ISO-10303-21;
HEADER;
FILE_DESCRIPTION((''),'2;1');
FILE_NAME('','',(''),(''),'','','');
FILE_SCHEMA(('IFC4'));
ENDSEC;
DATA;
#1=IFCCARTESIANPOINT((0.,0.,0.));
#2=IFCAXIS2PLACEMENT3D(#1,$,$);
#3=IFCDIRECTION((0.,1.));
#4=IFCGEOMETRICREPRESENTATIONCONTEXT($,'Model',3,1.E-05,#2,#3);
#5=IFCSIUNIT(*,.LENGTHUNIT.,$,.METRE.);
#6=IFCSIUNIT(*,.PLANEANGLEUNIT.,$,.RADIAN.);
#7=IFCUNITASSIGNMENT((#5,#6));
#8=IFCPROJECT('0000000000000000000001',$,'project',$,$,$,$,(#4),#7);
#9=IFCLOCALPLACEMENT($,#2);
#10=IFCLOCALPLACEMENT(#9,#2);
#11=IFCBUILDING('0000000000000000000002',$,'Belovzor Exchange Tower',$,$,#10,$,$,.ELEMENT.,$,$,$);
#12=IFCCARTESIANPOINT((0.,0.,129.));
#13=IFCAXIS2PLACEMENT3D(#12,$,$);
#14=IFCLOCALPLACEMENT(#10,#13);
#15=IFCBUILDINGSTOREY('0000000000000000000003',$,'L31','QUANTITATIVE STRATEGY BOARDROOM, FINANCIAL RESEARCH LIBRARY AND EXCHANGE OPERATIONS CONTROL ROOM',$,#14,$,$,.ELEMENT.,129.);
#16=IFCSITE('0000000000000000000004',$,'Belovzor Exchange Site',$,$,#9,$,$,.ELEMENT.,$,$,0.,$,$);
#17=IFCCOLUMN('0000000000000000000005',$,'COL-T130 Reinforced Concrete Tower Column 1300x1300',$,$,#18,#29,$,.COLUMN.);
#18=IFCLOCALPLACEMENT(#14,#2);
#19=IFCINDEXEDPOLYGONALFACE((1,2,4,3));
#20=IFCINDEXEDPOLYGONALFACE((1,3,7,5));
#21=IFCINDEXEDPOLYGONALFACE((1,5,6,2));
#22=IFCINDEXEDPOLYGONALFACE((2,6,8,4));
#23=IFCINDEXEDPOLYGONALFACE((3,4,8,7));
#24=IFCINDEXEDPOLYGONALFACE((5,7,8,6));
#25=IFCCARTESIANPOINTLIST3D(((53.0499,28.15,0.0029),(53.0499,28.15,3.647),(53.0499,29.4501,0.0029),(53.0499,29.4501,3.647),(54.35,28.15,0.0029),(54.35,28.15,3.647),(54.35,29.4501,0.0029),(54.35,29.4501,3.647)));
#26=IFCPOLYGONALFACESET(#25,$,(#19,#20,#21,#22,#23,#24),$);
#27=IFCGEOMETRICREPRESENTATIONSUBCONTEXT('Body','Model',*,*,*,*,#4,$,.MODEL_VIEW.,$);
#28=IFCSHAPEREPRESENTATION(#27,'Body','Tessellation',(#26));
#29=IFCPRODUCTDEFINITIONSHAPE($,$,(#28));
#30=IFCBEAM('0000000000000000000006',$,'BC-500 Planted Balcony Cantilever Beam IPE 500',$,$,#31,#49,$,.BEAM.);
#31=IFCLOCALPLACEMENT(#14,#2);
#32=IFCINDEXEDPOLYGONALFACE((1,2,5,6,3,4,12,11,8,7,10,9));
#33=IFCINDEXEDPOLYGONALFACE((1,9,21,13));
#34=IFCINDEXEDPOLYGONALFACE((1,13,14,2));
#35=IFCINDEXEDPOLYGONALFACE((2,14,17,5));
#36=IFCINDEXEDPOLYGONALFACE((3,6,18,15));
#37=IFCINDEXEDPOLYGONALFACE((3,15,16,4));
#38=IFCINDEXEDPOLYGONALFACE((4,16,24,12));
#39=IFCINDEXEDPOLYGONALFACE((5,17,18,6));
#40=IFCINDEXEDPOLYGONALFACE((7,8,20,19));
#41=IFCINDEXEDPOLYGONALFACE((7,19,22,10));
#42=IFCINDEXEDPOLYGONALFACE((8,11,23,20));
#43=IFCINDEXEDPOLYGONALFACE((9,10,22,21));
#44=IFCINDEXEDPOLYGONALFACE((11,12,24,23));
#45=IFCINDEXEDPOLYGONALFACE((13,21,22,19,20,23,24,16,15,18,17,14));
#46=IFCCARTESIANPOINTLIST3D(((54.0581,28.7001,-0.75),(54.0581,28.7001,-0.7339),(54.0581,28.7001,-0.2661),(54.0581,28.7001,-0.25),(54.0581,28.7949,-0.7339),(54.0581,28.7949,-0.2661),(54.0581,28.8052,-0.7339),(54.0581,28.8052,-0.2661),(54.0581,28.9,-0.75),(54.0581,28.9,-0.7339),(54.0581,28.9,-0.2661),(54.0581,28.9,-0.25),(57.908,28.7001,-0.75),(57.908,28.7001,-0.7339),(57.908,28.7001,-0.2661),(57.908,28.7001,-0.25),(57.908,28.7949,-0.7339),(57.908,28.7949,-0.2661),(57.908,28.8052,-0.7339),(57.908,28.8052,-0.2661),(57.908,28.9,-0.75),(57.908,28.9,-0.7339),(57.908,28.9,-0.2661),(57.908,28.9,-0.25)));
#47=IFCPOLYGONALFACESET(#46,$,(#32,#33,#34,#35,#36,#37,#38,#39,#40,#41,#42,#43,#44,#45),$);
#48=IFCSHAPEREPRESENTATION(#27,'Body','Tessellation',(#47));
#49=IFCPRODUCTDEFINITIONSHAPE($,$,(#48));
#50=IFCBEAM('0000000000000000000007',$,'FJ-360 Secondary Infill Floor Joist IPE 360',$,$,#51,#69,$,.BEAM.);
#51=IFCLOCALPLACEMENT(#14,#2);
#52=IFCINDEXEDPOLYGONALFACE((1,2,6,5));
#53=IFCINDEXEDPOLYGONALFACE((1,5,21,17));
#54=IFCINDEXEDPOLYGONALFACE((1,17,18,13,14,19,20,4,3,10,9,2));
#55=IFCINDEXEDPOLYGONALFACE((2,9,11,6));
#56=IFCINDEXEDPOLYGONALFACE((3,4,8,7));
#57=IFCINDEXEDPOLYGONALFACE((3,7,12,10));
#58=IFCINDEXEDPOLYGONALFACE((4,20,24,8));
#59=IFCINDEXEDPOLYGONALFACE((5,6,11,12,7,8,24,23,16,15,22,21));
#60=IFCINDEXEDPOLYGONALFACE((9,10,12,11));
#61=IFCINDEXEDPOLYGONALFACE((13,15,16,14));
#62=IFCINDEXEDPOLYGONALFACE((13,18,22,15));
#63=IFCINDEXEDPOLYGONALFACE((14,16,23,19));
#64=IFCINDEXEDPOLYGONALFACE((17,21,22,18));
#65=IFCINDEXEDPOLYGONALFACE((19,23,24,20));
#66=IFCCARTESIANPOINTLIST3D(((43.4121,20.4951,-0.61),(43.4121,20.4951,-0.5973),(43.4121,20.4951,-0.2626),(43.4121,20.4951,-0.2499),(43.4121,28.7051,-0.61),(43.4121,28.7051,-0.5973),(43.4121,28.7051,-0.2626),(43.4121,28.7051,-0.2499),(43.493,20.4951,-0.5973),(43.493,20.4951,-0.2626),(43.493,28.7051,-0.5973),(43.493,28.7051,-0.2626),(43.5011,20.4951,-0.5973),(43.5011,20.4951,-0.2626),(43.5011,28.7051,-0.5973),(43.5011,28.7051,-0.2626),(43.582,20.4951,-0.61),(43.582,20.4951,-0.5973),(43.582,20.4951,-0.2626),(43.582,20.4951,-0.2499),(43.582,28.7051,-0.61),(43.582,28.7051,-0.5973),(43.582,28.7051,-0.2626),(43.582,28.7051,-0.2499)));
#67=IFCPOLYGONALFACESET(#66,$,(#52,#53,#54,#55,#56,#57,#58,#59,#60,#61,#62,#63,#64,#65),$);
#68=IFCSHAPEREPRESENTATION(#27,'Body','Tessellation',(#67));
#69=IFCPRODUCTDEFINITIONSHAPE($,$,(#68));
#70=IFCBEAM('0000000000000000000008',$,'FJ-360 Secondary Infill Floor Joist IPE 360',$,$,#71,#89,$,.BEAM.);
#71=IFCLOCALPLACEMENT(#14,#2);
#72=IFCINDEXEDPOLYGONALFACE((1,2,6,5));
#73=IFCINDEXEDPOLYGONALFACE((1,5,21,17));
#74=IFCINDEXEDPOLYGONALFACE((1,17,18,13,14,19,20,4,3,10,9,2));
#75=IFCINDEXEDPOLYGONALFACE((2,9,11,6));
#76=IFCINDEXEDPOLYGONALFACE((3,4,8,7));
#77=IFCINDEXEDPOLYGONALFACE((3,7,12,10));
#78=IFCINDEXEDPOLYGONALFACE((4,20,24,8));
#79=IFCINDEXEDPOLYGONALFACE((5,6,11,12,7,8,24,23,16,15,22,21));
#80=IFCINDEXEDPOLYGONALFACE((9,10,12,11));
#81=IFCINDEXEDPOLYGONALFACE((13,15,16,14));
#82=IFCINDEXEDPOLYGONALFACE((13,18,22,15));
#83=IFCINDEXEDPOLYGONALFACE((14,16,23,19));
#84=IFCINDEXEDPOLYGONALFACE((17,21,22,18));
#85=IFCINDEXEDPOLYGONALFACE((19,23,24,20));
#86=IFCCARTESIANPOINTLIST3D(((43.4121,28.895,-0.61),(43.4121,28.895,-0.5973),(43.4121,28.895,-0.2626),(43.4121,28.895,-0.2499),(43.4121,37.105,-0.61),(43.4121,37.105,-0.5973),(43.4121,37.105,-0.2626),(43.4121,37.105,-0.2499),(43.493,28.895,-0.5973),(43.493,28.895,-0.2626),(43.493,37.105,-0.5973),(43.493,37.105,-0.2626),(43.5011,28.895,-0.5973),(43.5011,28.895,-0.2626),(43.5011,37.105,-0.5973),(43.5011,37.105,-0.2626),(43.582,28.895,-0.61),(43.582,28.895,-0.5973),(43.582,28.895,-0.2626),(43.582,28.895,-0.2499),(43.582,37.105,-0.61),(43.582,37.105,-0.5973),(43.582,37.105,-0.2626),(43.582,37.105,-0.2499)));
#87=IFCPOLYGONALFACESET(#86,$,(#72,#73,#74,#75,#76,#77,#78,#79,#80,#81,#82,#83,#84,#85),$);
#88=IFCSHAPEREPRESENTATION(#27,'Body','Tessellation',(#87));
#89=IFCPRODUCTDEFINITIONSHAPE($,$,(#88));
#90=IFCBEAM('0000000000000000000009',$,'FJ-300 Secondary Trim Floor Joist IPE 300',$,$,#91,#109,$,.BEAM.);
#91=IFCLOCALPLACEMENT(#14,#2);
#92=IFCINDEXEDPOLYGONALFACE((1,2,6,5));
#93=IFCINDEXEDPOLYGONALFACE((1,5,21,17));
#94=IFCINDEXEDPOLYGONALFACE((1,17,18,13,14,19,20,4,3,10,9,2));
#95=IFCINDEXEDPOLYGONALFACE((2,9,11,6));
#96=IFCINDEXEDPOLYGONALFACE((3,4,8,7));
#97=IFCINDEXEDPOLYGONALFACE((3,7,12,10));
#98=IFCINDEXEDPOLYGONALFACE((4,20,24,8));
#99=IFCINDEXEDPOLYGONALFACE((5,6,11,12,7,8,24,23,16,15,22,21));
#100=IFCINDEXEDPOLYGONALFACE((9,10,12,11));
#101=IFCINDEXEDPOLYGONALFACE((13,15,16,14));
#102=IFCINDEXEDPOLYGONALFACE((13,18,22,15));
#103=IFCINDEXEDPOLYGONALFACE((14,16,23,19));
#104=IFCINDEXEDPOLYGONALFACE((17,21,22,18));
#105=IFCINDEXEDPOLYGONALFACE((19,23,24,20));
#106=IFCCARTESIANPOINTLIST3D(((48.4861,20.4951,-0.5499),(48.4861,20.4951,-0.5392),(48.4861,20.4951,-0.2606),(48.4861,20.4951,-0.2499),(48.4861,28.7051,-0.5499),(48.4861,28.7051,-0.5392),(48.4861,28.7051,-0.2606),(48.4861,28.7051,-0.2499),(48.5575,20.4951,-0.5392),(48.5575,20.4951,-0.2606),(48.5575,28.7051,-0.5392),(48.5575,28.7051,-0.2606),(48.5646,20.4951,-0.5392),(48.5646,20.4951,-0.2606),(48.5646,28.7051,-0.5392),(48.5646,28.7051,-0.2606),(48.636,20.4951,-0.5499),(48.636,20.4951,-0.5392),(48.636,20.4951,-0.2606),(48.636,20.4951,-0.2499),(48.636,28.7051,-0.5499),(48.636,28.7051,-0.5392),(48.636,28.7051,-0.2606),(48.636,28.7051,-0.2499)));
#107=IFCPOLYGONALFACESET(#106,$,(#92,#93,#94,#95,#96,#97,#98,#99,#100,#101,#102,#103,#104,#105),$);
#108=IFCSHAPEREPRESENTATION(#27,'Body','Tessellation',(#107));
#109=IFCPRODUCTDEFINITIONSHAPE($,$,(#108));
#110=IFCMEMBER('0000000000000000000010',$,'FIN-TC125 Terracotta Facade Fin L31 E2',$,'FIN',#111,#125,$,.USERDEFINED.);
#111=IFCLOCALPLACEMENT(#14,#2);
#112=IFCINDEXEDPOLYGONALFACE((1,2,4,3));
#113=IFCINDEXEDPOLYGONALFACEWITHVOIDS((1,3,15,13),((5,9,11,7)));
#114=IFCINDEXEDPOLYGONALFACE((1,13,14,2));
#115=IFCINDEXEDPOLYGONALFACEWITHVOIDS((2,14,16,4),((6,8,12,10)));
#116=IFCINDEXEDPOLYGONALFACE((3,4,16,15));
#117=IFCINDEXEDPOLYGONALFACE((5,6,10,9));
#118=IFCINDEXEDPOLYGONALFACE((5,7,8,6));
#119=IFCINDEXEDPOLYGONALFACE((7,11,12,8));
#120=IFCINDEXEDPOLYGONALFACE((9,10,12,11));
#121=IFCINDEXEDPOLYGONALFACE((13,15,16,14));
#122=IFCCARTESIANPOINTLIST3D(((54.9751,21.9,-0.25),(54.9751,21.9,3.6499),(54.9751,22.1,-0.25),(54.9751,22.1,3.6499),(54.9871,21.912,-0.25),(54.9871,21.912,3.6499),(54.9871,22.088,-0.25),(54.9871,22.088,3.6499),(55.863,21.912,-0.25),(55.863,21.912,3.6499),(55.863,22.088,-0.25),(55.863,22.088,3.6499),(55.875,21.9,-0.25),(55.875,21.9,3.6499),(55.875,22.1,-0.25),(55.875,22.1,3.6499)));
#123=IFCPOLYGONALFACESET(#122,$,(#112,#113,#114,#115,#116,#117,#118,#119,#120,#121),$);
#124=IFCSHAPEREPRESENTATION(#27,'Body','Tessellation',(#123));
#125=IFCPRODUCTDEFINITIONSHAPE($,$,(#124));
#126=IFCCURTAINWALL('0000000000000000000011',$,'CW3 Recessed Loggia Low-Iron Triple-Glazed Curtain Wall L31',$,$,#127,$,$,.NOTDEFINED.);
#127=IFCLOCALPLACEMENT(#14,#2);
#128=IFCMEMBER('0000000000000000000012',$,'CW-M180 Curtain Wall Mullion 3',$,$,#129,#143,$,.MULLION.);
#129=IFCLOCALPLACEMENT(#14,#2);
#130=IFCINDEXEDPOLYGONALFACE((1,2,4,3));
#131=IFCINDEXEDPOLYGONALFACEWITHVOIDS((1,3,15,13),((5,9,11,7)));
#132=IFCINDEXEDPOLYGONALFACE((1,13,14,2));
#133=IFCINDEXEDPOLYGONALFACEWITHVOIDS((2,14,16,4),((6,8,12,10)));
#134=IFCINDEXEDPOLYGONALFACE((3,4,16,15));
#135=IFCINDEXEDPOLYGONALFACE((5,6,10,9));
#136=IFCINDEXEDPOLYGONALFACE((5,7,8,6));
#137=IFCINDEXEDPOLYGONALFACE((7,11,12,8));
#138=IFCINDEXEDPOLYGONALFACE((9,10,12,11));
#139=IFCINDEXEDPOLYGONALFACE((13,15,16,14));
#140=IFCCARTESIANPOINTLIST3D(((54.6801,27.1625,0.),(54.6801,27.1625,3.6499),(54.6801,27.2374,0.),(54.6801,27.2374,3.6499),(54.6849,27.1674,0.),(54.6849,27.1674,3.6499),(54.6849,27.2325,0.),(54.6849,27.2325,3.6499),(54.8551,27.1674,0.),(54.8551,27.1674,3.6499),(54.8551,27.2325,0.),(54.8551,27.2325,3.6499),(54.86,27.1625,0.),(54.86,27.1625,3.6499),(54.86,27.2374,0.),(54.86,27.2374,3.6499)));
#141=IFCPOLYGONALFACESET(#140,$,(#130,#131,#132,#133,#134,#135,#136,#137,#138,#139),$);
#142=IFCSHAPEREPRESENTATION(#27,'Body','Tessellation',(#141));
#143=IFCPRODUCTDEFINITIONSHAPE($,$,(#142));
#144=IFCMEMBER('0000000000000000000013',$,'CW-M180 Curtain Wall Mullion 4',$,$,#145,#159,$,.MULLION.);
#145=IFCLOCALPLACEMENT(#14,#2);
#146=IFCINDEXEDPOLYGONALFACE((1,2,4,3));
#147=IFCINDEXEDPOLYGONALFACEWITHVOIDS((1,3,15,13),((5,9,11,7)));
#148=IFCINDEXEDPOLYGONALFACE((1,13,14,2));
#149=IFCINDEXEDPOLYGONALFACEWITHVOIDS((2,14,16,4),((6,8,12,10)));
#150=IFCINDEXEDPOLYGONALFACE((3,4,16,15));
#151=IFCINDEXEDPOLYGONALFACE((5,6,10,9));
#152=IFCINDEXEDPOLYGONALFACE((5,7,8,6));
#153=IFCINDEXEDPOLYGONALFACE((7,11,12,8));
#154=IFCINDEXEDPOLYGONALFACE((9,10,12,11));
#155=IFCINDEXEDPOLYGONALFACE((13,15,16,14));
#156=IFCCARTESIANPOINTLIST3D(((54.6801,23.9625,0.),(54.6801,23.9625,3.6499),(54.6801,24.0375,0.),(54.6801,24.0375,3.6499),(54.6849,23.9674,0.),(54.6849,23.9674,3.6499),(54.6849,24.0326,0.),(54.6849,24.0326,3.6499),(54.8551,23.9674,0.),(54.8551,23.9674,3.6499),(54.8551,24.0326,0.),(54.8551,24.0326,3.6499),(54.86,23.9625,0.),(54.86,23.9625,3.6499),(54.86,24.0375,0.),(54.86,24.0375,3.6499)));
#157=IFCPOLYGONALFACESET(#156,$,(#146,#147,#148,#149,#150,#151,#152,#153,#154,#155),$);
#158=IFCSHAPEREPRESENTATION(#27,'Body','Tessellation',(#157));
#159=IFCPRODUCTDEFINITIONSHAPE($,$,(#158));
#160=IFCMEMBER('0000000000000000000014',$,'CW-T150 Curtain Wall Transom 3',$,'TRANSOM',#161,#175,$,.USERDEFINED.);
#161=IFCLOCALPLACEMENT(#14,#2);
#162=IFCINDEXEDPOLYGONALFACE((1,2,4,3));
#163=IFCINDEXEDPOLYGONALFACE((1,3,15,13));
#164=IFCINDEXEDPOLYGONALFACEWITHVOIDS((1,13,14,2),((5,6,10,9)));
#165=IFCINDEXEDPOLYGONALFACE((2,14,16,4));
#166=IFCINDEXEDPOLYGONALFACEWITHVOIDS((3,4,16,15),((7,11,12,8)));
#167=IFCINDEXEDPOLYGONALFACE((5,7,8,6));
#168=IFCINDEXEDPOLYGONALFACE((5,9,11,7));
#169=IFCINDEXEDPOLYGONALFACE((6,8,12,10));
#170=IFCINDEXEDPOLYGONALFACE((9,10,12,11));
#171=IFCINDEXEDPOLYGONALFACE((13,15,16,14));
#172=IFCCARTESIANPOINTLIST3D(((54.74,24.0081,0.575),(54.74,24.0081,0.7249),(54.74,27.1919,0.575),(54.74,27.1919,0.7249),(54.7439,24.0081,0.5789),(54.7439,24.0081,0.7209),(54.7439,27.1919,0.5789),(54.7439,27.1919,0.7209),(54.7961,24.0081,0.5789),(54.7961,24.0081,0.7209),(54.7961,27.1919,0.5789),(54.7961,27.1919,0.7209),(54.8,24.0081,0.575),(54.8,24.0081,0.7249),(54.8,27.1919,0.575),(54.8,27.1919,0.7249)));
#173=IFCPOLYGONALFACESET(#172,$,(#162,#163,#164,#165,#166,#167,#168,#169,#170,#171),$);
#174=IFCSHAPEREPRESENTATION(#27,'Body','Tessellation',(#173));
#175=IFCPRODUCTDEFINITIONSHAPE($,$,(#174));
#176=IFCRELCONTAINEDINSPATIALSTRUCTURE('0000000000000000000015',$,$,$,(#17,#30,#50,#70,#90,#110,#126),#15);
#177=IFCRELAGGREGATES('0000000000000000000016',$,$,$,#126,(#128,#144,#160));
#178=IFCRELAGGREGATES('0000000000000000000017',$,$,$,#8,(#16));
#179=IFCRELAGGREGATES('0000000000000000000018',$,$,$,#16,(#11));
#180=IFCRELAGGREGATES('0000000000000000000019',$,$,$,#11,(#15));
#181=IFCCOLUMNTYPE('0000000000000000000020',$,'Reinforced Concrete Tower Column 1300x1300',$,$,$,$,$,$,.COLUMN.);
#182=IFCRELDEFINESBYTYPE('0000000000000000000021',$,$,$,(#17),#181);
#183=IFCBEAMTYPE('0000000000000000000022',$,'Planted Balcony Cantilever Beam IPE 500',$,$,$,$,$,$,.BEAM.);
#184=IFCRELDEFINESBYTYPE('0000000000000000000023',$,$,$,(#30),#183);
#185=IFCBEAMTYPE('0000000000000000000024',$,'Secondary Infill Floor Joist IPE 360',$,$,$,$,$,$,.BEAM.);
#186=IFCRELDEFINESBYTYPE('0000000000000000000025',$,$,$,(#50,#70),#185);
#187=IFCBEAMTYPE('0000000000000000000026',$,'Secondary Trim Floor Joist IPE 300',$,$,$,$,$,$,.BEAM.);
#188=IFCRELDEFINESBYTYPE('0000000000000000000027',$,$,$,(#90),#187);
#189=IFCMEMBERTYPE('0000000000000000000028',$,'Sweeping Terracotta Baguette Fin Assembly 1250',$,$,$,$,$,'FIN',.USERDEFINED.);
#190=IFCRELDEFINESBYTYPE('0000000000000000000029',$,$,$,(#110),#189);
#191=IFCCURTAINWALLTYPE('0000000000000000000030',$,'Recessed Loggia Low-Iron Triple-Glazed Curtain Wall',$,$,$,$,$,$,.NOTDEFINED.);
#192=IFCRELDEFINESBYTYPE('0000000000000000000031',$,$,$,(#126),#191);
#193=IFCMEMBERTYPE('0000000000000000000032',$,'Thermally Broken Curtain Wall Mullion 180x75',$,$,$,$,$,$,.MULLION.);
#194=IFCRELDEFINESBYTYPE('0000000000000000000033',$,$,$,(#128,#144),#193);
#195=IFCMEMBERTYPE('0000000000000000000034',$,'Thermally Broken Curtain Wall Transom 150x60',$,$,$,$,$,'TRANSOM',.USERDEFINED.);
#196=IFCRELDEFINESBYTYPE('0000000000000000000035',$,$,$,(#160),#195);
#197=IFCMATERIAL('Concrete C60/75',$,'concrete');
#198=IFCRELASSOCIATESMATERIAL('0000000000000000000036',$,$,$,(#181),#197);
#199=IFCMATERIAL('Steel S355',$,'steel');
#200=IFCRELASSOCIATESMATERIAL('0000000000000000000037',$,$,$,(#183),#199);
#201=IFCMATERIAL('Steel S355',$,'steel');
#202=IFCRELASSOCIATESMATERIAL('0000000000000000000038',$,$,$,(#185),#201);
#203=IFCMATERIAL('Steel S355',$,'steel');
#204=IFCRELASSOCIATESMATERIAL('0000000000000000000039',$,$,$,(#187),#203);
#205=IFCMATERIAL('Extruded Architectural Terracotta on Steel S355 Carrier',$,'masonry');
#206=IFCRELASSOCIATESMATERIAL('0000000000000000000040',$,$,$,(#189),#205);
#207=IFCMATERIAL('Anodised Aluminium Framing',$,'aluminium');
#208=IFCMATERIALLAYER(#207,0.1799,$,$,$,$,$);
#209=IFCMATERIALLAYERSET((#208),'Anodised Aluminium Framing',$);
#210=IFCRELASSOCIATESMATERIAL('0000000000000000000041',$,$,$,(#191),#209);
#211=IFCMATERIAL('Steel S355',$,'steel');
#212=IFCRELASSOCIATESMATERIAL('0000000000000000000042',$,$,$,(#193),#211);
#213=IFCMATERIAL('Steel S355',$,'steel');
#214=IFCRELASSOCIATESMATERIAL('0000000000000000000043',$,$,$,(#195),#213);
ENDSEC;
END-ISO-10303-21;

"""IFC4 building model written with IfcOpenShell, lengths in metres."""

from ifc_helpers import new_model, si_unit, direction, frame, origin, origin_2d, place, context, subcontext, project, spatial, rectangle, hollow_rectangle, i_section, extrude, material, layer, layer_set, material_profile, profile_set, type_object, element, aggregate, save


model = new_model("IFC4")

# Units and contexts
model_context = context("Model", 3, precision=1e-05, world=origin(), true_north=direction((0.0, 1.0)))
body_context = subcontext(model_context, "Body", "Model", "MODEL_VIEW")
ifc_project = project(units=[si_unit("LENGTHUNIT", "METRE"), si_unit("PLANEANGLEUNIT", "RADIAN")], contexts=[model_context])

# Site, building, storey
site_placement = place(None, origin())
site = spatial("IfcSite", under=ifc_project, at=site_placement, Name="Belovzor Exchange Site", CompositionType="ELEMENT", RefElevation=0.0)
building_placement = place(site_placement, origin())
building = spatial("IfcBuilding", under=site, at=building_placement, Name="Belovzor Exchange Tower", CompositionType="ELEMENT")
storey_placement = place(building_placement, frame((0.0, 0.0, 129.0)))
storey = spatial("IfcBuildingStorey", under=building, at=storey_placement, Name="L31", Description="QUANTITATIVE STRATEGY BOARDROOM, FINANCIAL RESEARCH LIBRARY AND EXCHANGE OPERATIONS CONTROL ROOM", CompositionType="ELEMENT", Elevation=129.0)

# Column
ifc_material_1 = material(Name="Concrete C60/75", Category="concrete")
ifc_material_profile_1 = material_profile(ifc_material_1, rectangle(XDim=1.3, YDim=1.3, at=origin_2d()))
ifc_profile_set_1 = profile_set([ifc_material_profile_1], Name="Concrete C60/75")
column_type = type_object("IfcColumnType", Name="Reinforced Concrete Tower Column 1300x1300", PredefinedType="COLUMN", material=ifc_profile_set_1)
column_placement = place(storey_placement, frame((53.7, 28.8, 0.0029), z_axis=(0.0, 0.0, 1.0), x_axis=(1.0, 0.0, 0.0)))
element("IfcColumn", 1, at=column_placement, inside=storey, type_object=column_type, Name="COL-T130 Reinforced Concrete Tower Column 1300x1300", PredefinedType="COLUMN", context=body_context, shape_type="SweptSolid", body=[
    extrude(rectangle(XDim=1.3, YDim=1.3, at=origin_2d()), origin(), (0.0, 0.0, 1.0), 3.644),
])

# Beams
ifc_material_2 = material(Name="Steel S355", Category="steel")
ifc_material_profile_2 = material_profile(ifc_material_2, i_section(OverallWidth=0.2, OverallDepth=0.5, WebThickness=0.0103, FlangeThickness=0.0161, at=origin_2d()))
ifc_profile_set_2 = profile_set([ifc_material_profile_2], Name="Steel S355")
beam_type_1 = type_object("IfcBeamType", Name="Planted Balcony Cantilever Beam IPE 500", PredefinedType="BEAM", material=ifc_profile_set_2)
beam_1_placement = place(storey_placement, frame((54.0581, 28.8, -0.5), z_axis=(1.0, 0.0, 0.0), x_axis=(0.0, 1.0, 0.0)))
element("IfcBeam", 2, at=beam_1_placement, inside=storey, type_object=beam_type_1, Name="BC-500 Planted Balcony Cantilever Beam IPE 500", PredefinedType="BEAM", context=body_context, shape_type="SweptSolid", body=[
    extrude(i_section(OverallWidth=0.2, OverallDepth=0.5, WebThickness=0.0103, FlangeThickness=0.0161, at=origin_2d()), origin(), (0.0, 0.0, 1.0), 3.8499),
])
ifc_material_3 = material(Name="Steel S355", Category="steel")
ifc_material_profile_3 = material_profile(ifc_material_3, i_section(OverallWidth=0.1699, OverallDepth=0.3601, WebThickness=0.0081, FlangeThickness=0.0127, at=origin_2d()))
ifc_profile_set_3 = profile_set([ifc_material_profile_3], Name="Steel S355")
beam_type_2 = type_object("IfcBeamType", Name="Secondary Infill Floor Joist IPE 360", PredefinedType="BEAM", material=ifc_profile_set_3)
for number, where, z_axis, x_axis, name in (
    (3, (43.4971, 20.4951, -0.4299), (0.0, 1.0, 0.0), (-1.0, 0.0, 0.0), "FJ-360 Secondary Infill Floor Joist IPE 360"),
    (4, (43.4971, 28.895, -0.4299), (0.0, 1.0, 0.0), (-1.0, 0.0, 0.0), "FJ-360 Secondary Infill Floor Joist IPE 360"),
):
    element("IfcBeam", number, at=place(storey_placement, frame(where, z_axis=z_axis, x_axis=x_axis)), inside=storey, type_object=beam_type_2, Name=name, PredefinedType="BEAM", context=body_context, shape_type="SweptSolid", body=[
        extrude(i_section(OverallWidth=0.1699, OverallDepth=0.3601, WebThickness=0.0081, FlangeThickness=0.0127, at=origin_2d()), origin(), (0.0, 0.0, 1.0), 8.21),
    ])
ifc_material_4 = material(Name="Steel S355", Category="steel")
ifc_material_profile_4 = material_profile(ifc_material_4, i_section(OverallWidth=0.1499, OverallDepth=0.3, WebThickness=0.0071, FlangeThickness=0.0107, at=origin_2d()))
ifc_profile_set_4 = profile_set([ifc_material_profile_4], Name="Steel S355")
beam_type_3 = type_object("IfcBeamType", Name="Secondary Trim Floor Joist IPE 300", PredefinedType="BEAM", material=ifc_profile_set_4)
beam_2_placement = place(storey_placement, frame((48.561, 20.4951, -0.3999), z_axis=(0.0, 1.0, 0.0), x_axis=(-1.0, 0.0, 0.0)))
element("IfcBeam", 5, at=beam_2_placement, inside=storey, type_object=beam_type_3, Name="FJ-300 Secondary Trim Floor Joist IPE 300", PredefinedType="BEAM", context=body_context, shape_type="SweptSolid", body=[
    extrude(i_section(OverallWidth=0.1499, OverallDepth=0.3, WebThickness=0.0071, FlangeThickness=0.0107, at=origin_2d()), origin(), (0.0, 0.0, 1.0), 8.21),
])

# Member
ifc_material_5 = material(Name="Extruded Architectural Terracotta on Steel S355 Carrier", Category="masonry")
ifc_material_profile_5 = material_profile(ifc_material_5, hollow_rectangle(XDim=0.2, YDim=0.8999, WallThickness=0.012, at=origin_2d()))
ifc_profile_set_5 = profile_set([ifc_material_profile_5], Name="Extruded Architectural Terracotta on Steel S355 Carrier")
member_type_1 = type_object("IfcMemberType", Name="Sweeping Terracotta Baguette Fin Assembly 1250", ElementType="FIN", PredefinedType="USERDEFINED", material=ifc_profile_set_5)
member_1_placement = place(storey_placement, frame((55.425, 22.0, -0.25), z_axis=(0.0, 0.0, 1.0), x_axis=(0.0, 1.0, 0.0)))
element("IfcMember", 6, at=member_1_placement, inside=storey, type_object=member_type_1, Name="FIN-TC125 Terracotta Facade Fin L31 E2", ObjectType="FIN", PredefinedType="USERDEFINED", context=body_context, shape_type="SweptSolid", body=[
    extrude(hollow_rectangle(XDim=0.2, YDim=0.8999, WallThickness=0.012, at=origin_2d()), origin(), (0.0, 0.0, 1.0), 3.8999),
])

# Curtain wall, members
ifc_material_6 = material(Name="Anodised Aluminium Framing", Category="aluminium")
ifc_layer_1 = layer(ifc_material_6, 0.1799)
ifc_layer_set_1 = layer_set([ifc_layer_1], Name="Anodised Aluminium Framing")
curtain_wall_type = type_object("IfcCurtainWallType", Name="Recessed Loggia Low-Iron Triple-Glazed Curtain Wall", PredefinedType="NOTDEFINED", material=ifc_layer_set_1)
curtain_wall_placement = place(storey_placement, origin())
curtain_wall = element("IfcCurtainWall", 7, at=curtain_wall_placement, inside=storey, type_object=curtain_wall_type, Name="CW3 Recessed Loggia Low-Iron Triple-Glazed Curtain Wall L31", PredefinedType="NOTDEFINED")
ifc_material_7 = material(Name="Steel S355", Category="steel")
ifc_material_profile_6 = material_profile(ifc_material_7, hollow_rectangle(XDim=0.075, YDim=0.1799, WallThickness=0.0049, at=origin_2d()))
ifc_profile_set_6 = profile_set([ifc_material_profile_6], Name="Steel S355")
member_type_2 = type_object("IfcMemberType", Name="Thermally Broken Curtain Wall Mullion 180x75", PredefinedType="MULLION", material=ifc_profile_set_6)
member_2_placement = place(storey_placement, frame((54.77, 27.2, 0.0), z_axis=(0.0, 0.0, 1.0), x_axis=(0.0, -1.0, 0.0)))
member_2 = element("IfcMember", 8, at=member_2_placement, type_object=member_type_2, Name="CW-M180 Curtain Wall Mullion 3", PredefinedType="MULLION", context=body_context, shape_type="SweptSolid", body=[
    extrude(hollow_rectangle(XDim=0.075, YDim=0.1799, WallThickness=0.0049, at=origin_2d()), origin(), (0.0, 0.0, 1.0), 3.6499),
])
member_3_placement = place(storey_placement, frame((54.77, 24.0, 0.0), z_axis=(0.0, 0.0, 1.0), x_axis=(0.0, -1.0, 0.0)))
member_3 = element("IfcMember", 9, at=member_3_placement, type_object=member_type_2, Name="CW-M180 Curtain Wall Mullion 4", PredefinedType="MULLION", context=body_context, shape_type="SweptSolid", body=[
    extrude(hollow_rectangle(XDim=0.075, YDim=0.1799, WallThickness=0.0049, at=origin_2d()), origin(), (0.0, 0.0, 1.0), 3.6499),
])
ifc_material_8 = material(Name="Steel S355", Category="steel")
ifc_material_profile_7 = material_profile(ifc_material_8, hollow_rectangle(XDim=0.0601, YDim=0.1499, WallThickness=0.0039, at=origin_2d()))
ifc_profile_set_7 = profile_set([ifc_material_profile_7], Name="Steel S355")
member_type_3 = type_object("IfcMemberType", Name="Thermally Broken Curtain Wall Transom 150x60", ElementType="TRANSOM", PredefinedType="USERDEFINED", material=ifc_profile_set_7)
member_4_placement = place(storey_placement, frame((54.77, 27.1919, 0.6499), z_axis=(0.0, -1.0, 0.0), x_axis=(1.0, 0.0, 0.0)))
member_4 = element("IfcMember", 10, at=member_4_placement, type_object=member_type_3, Name="CW-T150 Curtain Wall Transom 3", ObjectType="TRANSOM", PredefinedType="USERDEFINED", context=body_context, shape_type="SweptSolid", body=[
    extrude(hollow_rectangle(XDim=0.0601, YDim=0.1499, WallThickness=0.0039, at=origin_2d()), origin(), (0.0, 0.0, 1.0), 3.1838),
])

aggregate(curtain_wall, [member_2, member_3, member_4])

save(model, "model.ifc")
